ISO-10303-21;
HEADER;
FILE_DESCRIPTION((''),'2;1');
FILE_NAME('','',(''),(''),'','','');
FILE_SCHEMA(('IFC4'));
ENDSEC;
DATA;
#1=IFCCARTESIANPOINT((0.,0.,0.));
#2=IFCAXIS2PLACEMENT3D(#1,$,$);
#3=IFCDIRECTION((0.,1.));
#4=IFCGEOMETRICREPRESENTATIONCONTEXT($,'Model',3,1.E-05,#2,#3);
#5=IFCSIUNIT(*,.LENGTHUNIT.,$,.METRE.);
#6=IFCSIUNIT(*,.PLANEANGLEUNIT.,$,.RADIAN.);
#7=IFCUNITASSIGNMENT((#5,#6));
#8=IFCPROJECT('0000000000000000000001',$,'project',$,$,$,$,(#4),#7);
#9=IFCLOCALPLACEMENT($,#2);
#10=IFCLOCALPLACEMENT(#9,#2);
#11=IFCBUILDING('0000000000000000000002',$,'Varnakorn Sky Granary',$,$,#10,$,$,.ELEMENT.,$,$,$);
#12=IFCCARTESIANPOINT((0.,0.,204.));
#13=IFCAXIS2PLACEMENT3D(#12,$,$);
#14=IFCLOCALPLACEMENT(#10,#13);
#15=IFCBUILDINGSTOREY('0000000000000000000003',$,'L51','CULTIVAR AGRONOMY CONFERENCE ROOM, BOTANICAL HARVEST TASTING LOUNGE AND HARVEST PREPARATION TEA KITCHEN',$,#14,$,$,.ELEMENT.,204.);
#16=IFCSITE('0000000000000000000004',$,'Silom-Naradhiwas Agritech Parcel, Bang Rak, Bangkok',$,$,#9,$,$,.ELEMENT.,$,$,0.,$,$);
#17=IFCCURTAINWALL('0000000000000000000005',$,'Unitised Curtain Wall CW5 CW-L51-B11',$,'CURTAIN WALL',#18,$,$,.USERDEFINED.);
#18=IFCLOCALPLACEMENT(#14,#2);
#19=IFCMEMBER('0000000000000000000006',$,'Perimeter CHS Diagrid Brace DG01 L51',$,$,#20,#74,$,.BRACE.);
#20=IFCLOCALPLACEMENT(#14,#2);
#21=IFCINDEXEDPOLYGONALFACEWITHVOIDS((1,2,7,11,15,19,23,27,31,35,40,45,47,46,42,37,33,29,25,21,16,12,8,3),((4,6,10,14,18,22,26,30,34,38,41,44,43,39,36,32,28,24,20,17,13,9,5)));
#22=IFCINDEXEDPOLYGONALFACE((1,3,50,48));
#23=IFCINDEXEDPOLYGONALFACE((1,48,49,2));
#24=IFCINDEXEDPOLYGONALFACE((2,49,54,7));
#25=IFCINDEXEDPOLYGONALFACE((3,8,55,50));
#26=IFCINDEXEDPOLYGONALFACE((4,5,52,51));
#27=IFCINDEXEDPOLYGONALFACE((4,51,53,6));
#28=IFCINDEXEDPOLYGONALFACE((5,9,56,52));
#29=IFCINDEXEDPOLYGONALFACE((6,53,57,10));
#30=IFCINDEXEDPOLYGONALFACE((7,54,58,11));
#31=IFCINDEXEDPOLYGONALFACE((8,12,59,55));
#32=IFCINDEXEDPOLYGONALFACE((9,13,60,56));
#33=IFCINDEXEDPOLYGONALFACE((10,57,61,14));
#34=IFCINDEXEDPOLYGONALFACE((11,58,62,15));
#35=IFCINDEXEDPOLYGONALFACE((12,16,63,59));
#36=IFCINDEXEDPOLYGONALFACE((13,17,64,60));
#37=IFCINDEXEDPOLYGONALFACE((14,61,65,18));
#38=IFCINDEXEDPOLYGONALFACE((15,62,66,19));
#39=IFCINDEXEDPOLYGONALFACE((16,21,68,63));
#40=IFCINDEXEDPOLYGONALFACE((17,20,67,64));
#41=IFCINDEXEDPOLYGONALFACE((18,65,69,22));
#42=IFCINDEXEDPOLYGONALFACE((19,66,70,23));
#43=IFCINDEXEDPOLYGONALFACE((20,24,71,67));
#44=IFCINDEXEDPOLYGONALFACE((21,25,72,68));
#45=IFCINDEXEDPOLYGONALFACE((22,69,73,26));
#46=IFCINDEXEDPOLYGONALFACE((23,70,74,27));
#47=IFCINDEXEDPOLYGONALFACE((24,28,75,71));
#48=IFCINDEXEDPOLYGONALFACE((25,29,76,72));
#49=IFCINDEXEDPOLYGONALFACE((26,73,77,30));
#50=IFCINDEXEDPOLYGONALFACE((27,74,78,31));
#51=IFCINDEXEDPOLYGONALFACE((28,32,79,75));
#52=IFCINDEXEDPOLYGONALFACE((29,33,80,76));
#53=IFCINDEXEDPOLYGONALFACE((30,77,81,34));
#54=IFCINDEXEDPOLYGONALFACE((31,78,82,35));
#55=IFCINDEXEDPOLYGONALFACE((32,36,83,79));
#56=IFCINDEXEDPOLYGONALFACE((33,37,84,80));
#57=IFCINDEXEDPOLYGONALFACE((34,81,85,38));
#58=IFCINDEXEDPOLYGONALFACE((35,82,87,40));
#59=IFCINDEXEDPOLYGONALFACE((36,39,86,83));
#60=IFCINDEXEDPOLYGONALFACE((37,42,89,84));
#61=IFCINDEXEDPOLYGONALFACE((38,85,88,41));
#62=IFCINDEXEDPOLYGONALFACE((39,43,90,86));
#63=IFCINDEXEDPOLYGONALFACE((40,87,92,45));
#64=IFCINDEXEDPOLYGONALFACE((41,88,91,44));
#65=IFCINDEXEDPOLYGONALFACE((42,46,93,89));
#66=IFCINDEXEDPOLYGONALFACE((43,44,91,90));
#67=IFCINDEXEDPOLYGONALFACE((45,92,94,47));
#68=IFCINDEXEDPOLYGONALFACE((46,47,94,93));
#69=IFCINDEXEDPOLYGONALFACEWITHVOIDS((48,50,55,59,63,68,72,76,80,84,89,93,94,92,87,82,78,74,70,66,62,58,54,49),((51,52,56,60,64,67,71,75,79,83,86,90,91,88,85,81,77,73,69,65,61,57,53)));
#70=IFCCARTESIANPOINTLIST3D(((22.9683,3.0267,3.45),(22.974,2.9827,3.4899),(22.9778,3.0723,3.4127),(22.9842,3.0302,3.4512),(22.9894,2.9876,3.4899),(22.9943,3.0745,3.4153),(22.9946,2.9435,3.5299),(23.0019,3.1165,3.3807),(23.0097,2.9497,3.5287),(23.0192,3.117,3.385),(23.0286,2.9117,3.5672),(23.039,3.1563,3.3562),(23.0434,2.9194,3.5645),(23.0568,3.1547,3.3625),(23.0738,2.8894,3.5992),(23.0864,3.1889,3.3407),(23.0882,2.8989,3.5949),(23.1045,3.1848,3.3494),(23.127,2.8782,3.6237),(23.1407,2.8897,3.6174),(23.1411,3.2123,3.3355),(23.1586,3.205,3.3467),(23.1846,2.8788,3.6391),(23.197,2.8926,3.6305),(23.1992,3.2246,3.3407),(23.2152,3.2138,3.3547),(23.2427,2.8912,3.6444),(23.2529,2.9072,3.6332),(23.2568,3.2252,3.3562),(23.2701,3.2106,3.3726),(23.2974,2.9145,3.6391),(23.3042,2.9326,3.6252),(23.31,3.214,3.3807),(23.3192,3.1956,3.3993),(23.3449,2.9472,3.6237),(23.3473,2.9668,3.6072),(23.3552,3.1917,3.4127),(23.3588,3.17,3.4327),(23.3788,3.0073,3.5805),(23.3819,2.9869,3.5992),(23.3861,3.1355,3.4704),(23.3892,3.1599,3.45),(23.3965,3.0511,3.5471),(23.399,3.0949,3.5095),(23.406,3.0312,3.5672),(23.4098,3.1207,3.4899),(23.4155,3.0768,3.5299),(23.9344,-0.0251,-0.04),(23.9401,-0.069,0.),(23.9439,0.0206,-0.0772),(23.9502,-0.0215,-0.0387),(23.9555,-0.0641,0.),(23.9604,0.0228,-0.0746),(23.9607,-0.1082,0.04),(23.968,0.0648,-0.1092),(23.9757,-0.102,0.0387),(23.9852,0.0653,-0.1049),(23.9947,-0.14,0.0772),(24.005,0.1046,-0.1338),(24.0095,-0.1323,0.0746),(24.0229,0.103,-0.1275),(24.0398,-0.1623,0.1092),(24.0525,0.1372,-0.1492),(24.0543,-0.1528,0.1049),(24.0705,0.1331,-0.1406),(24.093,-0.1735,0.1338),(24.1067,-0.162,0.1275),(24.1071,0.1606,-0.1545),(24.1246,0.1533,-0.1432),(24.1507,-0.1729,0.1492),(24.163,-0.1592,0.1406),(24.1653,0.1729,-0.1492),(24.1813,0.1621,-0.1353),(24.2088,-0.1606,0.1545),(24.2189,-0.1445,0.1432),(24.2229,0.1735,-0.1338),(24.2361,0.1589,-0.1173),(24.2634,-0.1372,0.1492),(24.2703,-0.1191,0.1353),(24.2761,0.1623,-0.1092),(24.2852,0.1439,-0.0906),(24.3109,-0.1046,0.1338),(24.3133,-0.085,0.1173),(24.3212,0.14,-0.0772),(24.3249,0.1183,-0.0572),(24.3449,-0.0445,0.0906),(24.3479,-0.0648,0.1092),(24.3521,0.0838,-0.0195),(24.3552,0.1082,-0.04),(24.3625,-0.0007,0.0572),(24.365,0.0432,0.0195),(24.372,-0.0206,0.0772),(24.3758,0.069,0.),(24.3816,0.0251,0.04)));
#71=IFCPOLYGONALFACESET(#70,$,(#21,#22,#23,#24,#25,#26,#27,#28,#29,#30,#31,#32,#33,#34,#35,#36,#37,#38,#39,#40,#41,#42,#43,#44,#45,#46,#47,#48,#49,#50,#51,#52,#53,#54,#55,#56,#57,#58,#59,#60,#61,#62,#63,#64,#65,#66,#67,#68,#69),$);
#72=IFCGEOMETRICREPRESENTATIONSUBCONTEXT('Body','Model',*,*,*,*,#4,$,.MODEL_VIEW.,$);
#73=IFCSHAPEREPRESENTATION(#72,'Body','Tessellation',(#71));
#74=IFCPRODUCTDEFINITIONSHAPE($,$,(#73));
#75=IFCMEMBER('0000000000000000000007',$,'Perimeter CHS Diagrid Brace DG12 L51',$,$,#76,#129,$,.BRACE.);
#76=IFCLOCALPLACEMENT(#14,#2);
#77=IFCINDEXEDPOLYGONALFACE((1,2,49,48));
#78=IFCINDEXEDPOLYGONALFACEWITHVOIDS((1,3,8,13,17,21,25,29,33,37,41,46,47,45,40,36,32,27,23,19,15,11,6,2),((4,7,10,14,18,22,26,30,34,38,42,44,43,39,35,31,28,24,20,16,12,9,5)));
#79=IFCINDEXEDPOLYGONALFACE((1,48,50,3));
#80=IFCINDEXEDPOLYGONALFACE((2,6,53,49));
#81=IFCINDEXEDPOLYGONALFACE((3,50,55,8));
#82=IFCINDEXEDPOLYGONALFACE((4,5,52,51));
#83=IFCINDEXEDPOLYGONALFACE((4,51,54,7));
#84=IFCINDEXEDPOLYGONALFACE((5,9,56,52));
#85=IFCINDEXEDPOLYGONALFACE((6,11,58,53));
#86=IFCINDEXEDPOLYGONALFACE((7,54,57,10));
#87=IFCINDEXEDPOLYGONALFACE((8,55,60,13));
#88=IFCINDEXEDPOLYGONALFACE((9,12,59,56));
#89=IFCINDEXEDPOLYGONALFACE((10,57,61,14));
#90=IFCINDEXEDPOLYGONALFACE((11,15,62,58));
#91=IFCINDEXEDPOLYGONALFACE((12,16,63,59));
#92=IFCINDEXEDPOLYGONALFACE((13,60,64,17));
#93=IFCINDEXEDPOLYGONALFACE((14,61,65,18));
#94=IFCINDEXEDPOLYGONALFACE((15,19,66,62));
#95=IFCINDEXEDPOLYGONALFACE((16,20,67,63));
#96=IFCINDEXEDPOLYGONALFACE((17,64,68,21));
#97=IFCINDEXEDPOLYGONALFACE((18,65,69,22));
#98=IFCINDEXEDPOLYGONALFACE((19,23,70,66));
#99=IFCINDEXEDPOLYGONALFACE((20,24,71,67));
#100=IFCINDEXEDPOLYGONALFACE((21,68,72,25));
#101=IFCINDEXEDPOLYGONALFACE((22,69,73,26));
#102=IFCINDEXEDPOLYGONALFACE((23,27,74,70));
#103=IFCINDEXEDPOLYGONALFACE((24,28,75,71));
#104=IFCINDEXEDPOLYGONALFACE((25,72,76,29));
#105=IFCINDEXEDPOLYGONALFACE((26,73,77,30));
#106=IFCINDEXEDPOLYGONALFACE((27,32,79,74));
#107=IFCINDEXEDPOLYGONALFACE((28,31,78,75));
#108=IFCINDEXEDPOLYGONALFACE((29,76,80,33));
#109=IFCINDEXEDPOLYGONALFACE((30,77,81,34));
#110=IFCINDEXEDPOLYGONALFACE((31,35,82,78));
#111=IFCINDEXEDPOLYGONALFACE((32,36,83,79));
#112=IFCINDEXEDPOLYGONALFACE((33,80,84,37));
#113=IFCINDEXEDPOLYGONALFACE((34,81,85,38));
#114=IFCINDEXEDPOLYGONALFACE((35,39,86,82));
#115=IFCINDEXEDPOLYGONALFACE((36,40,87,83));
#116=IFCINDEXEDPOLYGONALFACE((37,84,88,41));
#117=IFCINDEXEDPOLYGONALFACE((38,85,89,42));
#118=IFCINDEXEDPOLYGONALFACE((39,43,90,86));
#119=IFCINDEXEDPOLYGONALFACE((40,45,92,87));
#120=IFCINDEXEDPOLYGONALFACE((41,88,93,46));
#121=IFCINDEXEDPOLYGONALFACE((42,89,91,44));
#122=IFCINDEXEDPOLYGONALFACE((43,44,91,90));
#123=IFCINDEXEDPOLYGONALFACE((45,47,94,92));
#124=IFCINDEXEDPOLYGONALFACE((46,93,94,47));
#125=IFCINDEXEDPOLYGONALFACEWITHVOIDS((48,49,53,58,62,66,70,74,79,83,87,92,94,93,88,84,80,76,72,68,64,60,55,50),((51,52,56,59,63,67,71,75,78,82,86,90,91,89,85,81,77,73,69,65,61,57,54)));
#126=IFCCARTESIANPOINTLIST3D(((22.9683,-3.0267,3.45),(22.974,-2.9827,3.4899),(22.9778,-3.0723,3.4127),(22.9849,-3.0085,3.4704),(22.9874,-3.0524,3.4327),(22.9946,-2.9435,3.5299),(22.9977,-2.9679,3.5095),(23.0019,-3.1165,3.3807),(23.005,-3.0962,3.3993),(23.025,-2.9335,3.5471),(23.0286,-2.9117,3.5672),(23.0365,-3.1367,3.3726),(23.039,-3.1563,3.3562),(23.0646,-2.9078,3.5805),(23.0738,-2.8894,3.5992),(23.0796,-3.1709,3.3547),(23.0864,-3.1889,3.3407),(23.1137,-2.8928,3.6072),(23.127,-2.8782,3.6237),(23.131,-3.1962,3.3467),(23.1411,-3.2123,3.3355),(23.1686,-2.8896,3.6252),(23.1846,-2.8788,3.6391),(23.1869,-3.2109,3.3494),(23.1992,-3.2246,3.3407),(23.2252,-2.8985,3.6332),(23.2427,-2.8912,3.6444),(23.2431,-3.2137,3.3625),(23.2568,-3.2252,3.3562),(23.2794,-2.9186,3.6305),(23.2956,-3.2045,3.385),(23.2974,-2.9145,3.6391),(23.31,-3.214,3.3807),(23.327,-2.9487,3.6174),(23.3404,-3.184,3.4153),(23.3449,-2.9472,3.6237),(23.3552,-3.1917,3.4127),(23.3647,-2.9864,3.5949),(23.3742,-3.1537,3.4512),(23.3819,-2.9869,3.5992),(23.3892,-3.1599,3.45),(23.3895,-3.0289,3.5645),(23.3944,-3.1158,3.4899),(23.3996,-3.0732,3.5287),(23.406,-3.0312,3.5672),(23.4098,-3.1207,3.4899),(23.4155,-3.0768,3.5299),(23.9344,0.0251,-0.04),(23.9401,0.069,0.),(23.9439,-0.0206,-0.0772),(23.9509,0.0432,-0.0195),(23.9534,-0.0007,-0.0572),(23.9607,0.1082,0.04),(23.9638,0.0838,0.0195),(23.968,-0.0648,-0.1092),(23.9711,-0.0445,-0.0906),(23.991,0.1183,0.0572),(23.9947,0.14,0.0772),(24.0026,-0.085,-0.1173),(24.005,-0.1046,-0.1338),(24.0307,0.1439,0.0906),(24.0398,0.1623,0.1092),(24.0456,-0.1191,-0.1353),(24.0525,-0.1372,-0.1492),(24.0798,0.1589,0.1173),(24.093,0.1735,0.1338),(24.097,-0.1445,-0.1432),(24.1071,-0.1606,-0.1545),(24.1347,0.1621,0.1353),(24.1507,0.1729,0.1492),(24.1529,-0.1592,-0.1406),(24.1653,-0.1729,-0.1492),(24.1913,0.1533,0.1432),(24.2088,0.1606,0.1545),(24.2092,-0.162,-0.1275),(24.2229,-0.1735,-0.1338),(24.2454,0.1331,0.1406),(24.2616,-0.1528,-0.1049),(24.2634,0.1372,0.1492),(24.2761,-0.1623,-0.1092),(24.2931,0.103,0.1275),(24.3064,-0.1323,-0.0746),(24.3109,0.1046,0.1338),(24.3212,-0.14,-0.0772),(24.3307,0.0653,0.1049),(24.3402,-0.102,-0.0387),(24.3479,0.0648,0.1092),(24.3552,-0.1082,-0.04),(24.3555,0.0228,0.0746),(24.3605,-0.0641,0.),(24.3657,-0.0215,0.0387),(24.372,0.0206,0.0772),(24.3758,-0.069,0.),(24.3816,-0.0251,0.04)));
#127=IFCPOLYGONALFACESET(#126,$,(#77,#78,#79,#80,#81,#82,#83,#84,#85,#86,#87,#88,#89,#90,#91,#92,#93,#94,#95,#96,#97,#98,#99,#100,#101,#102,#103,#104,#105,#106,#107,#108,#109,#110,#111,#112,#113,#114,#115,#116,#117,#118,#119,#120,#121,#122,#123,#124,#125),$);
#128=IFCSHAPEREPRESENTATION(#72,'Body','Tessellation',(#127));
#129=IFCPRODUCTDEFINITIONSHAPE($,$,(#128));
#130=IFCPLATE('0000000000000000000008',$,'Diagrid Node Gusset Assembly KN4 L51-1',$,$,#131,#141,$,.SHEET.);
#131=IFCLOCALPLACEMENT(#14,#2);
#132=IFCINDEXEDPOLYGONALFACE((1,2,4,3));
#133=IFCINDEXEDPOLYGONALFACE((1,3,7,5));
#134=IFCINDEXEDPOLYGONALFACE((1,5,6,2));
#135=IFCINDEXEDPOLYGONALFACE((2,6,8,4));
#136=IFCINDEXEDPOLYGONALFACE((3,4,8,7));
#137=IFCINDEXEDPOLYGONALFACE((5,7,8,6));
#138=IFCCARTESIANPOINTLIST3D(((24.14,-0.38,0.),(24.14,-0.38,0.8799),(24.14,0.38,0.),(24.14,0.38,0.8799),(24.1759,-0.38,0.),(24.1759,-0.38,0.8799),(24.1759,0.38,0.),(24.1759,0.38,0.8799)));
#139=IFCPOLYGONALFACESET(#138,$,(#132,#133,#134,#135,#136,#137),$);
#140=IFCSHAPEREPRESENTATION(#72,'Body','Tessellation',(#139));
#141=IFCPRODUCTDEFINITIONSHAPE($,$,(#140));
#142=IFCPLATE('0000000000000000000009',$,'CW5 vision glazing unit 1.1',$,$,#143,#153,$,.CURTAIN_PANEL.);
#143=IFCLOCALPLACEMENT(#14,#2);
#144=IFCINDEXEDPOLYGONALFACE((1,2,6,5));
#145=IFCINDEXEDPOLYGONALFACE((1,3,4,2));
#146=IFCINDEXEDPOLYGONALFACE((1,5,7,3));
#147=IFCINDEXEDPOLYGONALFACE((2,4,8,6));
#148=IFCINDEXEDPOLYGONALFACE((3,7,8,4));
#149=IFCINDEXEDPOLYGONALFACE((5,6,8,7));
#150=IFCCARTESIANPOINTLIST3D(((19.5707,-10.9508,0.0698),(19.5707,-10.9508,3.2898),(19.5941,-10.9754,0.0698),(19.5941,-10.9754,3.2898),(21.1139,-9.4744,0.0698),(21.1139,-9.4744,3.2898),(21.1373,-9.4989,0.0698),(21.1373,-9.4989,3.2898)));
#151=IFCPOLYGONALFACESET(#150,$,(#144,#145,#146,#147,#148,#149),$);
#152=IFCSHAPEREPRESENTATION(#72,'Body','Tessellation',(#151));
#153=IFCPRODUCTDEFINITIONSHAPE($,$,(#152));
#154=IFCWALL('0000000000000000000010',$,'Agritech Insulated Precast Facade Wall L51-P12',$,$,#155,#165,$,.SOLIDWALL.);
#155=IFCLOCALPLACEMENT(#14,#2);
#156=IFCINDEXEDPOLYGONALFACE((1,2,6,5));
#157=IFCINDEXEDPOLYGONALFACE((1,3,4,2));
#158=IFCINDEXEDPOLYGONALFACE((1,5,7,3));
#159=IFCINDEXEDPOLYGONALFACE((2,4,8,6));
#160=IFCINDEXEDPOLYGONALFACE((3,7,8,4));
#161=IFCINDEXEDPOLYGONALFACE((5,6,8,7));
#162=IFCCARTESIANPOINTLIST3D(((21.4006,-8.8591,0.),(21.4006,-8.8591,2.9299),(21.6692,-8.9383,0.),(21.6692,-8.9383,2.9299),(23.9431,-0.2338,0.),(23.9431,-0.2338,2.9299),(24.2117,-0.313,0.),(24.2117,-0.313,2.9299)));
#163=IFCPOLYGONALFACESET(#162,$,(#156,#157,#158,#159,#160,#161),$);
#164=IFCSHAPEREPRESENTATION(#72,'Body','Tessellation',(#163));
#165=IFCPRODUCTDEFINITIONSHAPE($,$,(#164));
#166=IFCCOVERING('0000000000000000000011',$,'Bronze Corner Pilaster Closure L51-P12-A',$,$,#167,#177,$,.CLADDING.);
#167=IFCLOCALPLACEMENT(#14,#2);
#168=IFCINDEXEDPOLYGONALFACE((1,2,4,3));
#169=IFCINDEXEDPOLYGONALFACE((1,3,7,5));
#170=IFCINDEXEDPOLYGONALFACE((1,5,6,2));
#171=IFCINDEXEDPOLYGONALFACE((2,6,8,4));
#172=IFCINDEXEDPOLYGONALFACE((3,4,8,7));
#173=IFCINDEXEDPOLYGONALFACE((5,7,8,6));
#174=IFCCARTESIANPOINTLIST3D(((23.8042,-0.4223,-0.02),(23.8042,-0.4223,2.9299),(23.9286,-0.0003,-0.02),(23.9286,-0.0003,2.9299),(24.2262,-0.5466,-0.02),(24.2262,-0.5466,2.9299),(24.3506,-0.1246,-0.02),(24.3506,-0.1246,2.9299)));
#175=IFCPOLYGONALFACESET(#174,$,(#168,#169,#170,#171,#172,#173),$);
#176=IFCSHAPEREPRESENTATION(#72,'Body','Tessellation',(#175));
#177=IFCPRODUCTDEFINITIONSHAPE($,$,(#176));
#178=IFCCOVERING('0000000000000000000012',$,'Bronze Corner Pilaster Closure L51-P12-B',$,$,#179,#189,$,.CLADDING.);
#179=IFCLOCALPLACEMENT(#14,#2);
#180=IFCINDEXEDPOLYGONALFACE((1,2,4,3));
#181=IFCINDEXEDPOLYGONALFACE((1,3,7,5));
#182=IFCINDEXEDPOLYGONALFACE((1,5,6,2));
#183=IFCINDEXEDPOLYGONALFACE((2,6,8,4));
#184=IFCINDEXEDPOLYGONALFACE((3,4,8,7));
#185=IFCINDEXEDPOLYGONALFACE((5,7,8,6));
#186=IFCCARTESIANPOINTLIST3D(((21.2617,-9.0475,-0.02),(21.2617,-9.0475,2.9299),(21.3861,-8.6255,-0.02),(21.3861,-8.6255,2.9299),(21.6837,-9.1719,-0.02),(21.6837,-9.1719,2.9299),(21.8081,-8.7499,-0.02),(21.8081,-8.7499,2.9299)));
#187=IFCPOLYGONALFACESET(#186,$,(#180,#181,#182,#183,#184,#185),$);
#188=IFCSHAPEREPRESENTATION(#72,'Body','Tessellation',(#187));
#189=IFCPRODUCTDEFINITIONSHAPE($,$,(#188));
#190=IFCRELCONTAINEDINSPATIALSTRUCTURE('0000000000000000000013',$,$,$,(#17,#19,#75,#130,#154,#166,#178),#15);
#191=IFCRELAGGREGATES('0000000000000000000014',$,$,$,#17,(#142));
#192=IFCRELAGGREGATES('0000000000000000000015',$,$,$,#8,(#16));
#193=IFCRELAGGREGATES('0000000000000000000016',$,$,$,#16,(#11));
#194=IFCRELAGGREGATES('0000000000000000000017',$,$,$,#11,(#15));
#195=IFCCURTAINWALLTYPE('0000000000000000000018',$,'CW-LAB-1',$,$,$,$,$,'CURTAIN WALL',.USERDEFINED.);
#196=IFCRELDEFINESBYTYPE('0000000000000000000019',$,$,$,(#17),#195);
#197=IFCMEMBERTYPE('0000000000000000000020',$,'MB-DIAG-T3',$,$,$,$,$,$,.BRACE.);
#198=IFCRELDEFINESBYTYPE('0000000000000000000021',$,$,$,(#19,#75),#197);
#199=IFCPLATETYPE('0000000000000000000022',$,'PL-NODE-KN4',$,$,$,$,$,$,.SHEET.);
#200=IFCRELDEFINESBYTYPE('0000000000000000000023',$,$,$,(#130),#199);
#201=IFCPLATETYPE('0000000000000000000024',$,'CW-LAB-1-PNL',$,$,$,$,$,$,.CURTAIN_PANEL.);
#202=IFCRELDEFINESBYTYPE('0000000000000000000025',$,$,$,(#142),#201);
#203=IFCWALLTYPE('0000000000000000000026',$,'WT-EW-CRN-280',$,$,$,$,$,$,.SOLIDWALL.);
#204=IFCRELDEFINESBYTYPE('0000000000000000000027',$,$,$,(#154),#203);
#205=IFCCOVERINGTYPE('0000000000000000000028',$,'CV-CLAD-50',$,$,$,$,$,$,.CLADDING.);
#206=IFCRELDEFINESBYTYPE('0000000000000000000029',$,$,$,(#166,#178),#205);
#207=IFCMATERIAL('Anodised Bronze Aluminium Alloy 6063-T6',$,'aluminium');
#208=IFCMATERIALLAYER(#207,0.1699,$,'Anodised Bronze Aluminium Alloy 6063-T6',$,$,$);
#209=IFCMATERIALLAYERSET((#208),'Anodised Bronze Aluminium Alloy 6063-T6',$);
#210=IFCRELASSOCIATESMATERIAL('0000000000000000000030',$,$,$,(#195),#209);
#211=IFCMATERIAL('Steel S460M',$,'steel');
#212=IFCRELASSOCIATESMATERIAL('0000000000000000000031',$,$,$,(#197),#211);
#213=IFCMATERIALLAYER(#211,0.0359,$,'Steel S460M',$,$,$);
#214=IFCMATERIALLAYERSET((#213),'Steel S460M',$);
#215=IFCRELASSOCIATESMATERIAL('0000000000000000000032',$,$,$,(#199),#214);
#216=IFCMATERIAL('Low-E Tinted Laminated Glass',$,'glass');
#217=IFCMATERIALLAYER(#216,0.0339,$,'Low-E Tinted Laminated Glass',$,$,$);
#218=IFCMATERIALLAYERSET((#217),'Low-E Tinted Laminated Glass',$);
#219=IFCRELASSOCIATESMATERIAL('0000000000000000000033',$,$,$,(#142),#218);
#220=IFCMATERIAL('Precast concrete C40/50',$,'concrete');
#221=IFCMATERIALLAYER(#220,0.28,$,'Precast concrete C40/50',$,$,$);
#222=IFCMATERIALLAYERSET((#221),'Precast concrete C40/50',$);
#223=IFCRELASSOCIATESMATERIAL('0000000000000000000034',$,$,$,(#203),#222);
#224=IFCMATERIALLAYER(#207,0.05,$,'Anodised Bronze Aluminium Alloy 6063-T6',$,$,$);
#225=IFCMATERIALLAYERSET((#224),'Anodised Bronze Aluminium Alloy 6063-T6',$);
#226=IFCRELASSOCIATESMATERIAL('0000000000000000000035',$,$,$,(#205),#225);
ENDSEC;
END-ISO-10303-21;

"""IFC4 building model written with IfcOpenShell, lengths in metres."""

from ifc_helpers import new_model, si_unit, direction, frame, frame_2d, origin, origin_2d, place, context, subcontext, project, spatial, rectangle, hollow_circle, extrude, source, transform, mapped, material, layer, layer_set, material_profile, profile_set, type_object, type_shapes, element, aggregate, save


model = new_model("IFC4")

# Units and contexts
model_context = context("Model", 3, precision=1e-05, world=origin(), true_north=direction((0.0, 1.0)))
body_context = subcontext(model_context, "Body", "Model", "MODEL_VIEW")
ifc_project = project(units=[si_unit("LENGTHUNIT", "METRE"), si_unit("PLANEANGLEUNIT", "RADIAN")], contexts=[model_context])

# Site, building, storey
site_placement = place(None, origin())
site = spatial("IfcSite", under=ifc_project, at=site_placement, Name="Silom-Naradhiwas Agritech Parcel, Bang Rak, Bangkok", CompositionType="ELEMENT", RefElevation=0.0)
building_placement = place(site_placement, origin())
building = spatial("IfcBuilding", under=site, at=building_placement, Name="Varnakorn Sky Granary", CompositionType="ELEMENT")
storey_placement = place(building_placement, frame((0.0, 0.0, 204.0)))
storey = spatial("IfcBuildingStorey", under=building, at=storey_placement, Name="L51", Description="CULTIVAR AGRONOMY CONFERENCE ROOM, BOTANICAL HARVEST TASTING LOUNGE AND HARVEST PREPARATION TEA KITCHEN", CompositionType="ELEMENT", Elevation=204.0)

# Shared definitions
ifc_material_1 = material(Name="Steel S460M", Category="steel")

# Shared definitions
ifc_material_2 = material(Name="Anodised Bronze Aluminium Alloy 6063-T6", Category="aluminium")
ifc_layer_1 = layer(ifc_material_2, 0.1699, Name="Anodised Bronze Aluminium Alloy 6063-T6")
ifc_layer_set_1 = layer_set([ifc_layer_1], Name="Anodised Bronze Aluminium Alloy 6063-T6")
curtain_wall_type = type_object("IfcCurtainWallType", Name="CW-LAB-1", ElementType="CURTAIN WALL", PredefinedType="USERDEFINED", material=ifc_layer_set_1)

# Curtain wall
curtain_wall_1_placement = place(storey_placement, origin())
curtain_wall_1 = element("IfcCurtainWall", 1, at=curtain_wall_1_placement, inside=storey, type_object=curtain_wall_type, Name="Unitised Curtain Wall CW5 CW-L51-B11", ObjectType="CURTAIN WALL", PredefinedType="USERDEFINED")

# Members
ifc_material_profile_1 = material_profile(ifc_material_1, hollow_circle(Radius=0.2285, WallThickness=0.0161, at=origin_2d()), Name="CHS 457x16")
ifc_profile_set_1 = profile_set([ifc_material_profile_1], Name="Steel S460M")
member_type_1 = type_object("IfcMemberType", Name="MB-DIAG-T3", PredefinedType="BRACE", material=ifc_profile_set_1)
for number, where, z_axis, x_axis, name in (
    (2, (24.158, 0.0, 0.0), (-0.203998, 0.64442, 0.736959), (-0.953371, -0.301799, 0.0), "Perimeter CHS Diagrid Brace DG01 L51"),
    (3, (24.158, 0.0, 0.0), (-0.203998, -0.64442, 0.736959), (0.953371, -0.301799, 0.0), "Perimeter CHS Diagrid Brace DG12 L51"),
):
    element("IfcMember", number, at=place(storey_placement, frame(where, z_axis=z_axis, x_axis=x_axis)), inside=storey, type_object=member_type_1, Name=name, PredefinedType="BRACE", context=body_context, shape_type="SweptSolid", body=[
        extrude(hollow_circle(Radius=0.2285, WallThickness=0.0161, at=origin_2d()), origin(), (0.0, 0.0, 1.0), 4.7356),
    ])

# Plates
ifc_layer_2 = layer(ifc_material_1, 0.0359, Name="Steel S460M")
ifc_layer_set_2 = layer_set([ifc_layer_2], Name="Steel S460M")
plate_type_1 = type_object("IfcPlateType", Name="PL-NODE-KN4", PredefinedType="SHEET", material=ifc_layer_set_2)
plate_1_placement = place(storey_placement, frame((24.158, 0.0, 0.0), z_axis=(0.0, 0.0, 1.0), x_axis=(0.0, 1.0, 0.0)))
element("IfcPlate", 4, at=plate_1_placement, inside=storey, type_object=plate_type_1, Name="Diagrid Node Gusset Assembly KN4 L51-1", PredefinedType="SHEET", context=body_context, shape_type="SweptSolid", body=[
    extrude(rectangle(XDim=0.76, YDim=0.0359, at=origin_2d()), origin(), (0.0, 0.0, 1.0), 0.8799),
])
ifc_material_3 = material(Name="Low-E Tinted Laminated Glass", Category="glass")
ifc_layer_3 = layer(ifc_material_3, 0.0339, Name="Low-E Tinted Laminated Glass")
ifc_layer_set_3 = layer_set([ifc_layer_3], Name="Low-E Tinted Laminated Glass")
plate_type_2 = type_object("IfcPlateType", Name="CW-LAB-1-PNL", PredefinedType="CURTAIN_PANEL")
shared_shape_1 = source(origin(), body_context, "Body", "SweptSolid", [
    extrude(rectangle(XDim=2.1357, YDim=0.0339, at=origin_2d()), origin(), (0.0, 0.0, 1.0), 3.22),
])
type_shapes(plate_type_2, [shared_shape_1])
plate_2_placement = place(storey_placement, frame((20.354, -10.2249, 0.0698), z_axis=(0.0, 0.0, 1.0), x_axis=(-0.722551, -0.691317, 0.0)))
plate_2 = element("IfcPlate", 5, at=plate_2_placement, type_object=plate_type_2, material=ifc_layer_set_3, Name="CW5 vision glazing unit 1.1", PredefinedType="CURTAIN_PANEL", context=body_context, shape_type="MappedRepresentation", body=[
    mapped(shared_shape_1, transform((0.0, 0.0, 0.0), x_axis=(1.0, 0.0, 0.0), y_axis=(0.0, 1.0, 0.0), z_axis=(0.0, 0.0, 1.0), scale=1.0)),
])
aggregate(curtain_wall_1, [plate_2])

# Wall
ifc_material_4 = material(Name="Precast concrete C40/50", Category="concrete")
ifc_layer_4 = layer(ifc_material_4, 0.28, Name="Precast concrete C40/50")
ifc_layer_set_4 = layer_set([ifc_layer_4], Name="Precast concrete C40/50")
wall_type = type_object("IfcWallType", Name="WT-EW-CRN-280", PredefinedType="SOLIDWALL", material=ifc_layer_set_4)
wall_placement = place(storey_placement, frame((24.0774, -0.2734, 0.0), z_axis=(0.0, 0.0, 1.0), x_axis=(-0.282744, -0.959195, 0.0)))
element("IfcWall", 6, at=wall_placement, inside=storey, type_object=wall_type, Name="Agritech Insulated Precast Facade Wall L51-P12", PredefinedType="SOLIDWALL", context=body_context, shape_type="SweptSolid", body=[
    extrude(rectangle(XDim=8.9922, YDim=0.28, at=frame_2d((4.4961, 0.0))), origin(), (0.0, 0.0, 1.0), 2.9299),
])

# Coverings
ifc_layer_5 = layer(ifc_material_2, 0.05, Name="Anodised Bronze Aluminium Alloy 6063-T6")
ifc_layer_set_5 = layer_set([ifc_layer_5], Name="Anodised Bronze Aluminium Alloy 6063-T6")
covering_type = type_object("IfcCoveringType", Name="CV-CLAD-50", PredefinedType="CLADDING", material=ifc_layer_set_5)
shared_shape_2 = source(origin(), body_context, "Body", "SweptSolid", [
    extrude(rectangle(XDim=0.4399, YDim=0.4399, at=origin_2d()), origin(), (0.0, 0.0, 1.0), 2.95),
])
type_shapes(covering_type, [shared_shape_2])
for number, where, z_axis, x_axis, name in (
    (7, (24.0774, -0.2734, -0.02), (0.0, 0.0, 1.0), (-0.282676, -0.959215, 0.0), "Bronze Corner Pilaster Closure L51-P12-A"),
    (8, (21.5349, -8.8987, -0.02), (0.0, 0.0, 1.0), (-0.282676, -0.959215, 0.0), "Bronze Corner Pilaster Closure L51-P12-B"),
):
    element("IfcCovering", number, at=place(storey_placement, frame(where, z_axis=z_axis, x_axis=x_axis)), inside=storey, type_object=covering_type, Name=name, PredefinedType="CLADDING", context=body_context, shape_type="MappedRepresentation", body=[
        mapped(shared_shape_2, transform((0.0, 0.0, 0.0), x_axis=(1.0, 0.0, 0.0), y_axis=(0.0, 1.0, 0.0), z_axis=(0.0, 0.0, 1.0), scale=1.0)),
    ])

save(model, "model.ifc")
